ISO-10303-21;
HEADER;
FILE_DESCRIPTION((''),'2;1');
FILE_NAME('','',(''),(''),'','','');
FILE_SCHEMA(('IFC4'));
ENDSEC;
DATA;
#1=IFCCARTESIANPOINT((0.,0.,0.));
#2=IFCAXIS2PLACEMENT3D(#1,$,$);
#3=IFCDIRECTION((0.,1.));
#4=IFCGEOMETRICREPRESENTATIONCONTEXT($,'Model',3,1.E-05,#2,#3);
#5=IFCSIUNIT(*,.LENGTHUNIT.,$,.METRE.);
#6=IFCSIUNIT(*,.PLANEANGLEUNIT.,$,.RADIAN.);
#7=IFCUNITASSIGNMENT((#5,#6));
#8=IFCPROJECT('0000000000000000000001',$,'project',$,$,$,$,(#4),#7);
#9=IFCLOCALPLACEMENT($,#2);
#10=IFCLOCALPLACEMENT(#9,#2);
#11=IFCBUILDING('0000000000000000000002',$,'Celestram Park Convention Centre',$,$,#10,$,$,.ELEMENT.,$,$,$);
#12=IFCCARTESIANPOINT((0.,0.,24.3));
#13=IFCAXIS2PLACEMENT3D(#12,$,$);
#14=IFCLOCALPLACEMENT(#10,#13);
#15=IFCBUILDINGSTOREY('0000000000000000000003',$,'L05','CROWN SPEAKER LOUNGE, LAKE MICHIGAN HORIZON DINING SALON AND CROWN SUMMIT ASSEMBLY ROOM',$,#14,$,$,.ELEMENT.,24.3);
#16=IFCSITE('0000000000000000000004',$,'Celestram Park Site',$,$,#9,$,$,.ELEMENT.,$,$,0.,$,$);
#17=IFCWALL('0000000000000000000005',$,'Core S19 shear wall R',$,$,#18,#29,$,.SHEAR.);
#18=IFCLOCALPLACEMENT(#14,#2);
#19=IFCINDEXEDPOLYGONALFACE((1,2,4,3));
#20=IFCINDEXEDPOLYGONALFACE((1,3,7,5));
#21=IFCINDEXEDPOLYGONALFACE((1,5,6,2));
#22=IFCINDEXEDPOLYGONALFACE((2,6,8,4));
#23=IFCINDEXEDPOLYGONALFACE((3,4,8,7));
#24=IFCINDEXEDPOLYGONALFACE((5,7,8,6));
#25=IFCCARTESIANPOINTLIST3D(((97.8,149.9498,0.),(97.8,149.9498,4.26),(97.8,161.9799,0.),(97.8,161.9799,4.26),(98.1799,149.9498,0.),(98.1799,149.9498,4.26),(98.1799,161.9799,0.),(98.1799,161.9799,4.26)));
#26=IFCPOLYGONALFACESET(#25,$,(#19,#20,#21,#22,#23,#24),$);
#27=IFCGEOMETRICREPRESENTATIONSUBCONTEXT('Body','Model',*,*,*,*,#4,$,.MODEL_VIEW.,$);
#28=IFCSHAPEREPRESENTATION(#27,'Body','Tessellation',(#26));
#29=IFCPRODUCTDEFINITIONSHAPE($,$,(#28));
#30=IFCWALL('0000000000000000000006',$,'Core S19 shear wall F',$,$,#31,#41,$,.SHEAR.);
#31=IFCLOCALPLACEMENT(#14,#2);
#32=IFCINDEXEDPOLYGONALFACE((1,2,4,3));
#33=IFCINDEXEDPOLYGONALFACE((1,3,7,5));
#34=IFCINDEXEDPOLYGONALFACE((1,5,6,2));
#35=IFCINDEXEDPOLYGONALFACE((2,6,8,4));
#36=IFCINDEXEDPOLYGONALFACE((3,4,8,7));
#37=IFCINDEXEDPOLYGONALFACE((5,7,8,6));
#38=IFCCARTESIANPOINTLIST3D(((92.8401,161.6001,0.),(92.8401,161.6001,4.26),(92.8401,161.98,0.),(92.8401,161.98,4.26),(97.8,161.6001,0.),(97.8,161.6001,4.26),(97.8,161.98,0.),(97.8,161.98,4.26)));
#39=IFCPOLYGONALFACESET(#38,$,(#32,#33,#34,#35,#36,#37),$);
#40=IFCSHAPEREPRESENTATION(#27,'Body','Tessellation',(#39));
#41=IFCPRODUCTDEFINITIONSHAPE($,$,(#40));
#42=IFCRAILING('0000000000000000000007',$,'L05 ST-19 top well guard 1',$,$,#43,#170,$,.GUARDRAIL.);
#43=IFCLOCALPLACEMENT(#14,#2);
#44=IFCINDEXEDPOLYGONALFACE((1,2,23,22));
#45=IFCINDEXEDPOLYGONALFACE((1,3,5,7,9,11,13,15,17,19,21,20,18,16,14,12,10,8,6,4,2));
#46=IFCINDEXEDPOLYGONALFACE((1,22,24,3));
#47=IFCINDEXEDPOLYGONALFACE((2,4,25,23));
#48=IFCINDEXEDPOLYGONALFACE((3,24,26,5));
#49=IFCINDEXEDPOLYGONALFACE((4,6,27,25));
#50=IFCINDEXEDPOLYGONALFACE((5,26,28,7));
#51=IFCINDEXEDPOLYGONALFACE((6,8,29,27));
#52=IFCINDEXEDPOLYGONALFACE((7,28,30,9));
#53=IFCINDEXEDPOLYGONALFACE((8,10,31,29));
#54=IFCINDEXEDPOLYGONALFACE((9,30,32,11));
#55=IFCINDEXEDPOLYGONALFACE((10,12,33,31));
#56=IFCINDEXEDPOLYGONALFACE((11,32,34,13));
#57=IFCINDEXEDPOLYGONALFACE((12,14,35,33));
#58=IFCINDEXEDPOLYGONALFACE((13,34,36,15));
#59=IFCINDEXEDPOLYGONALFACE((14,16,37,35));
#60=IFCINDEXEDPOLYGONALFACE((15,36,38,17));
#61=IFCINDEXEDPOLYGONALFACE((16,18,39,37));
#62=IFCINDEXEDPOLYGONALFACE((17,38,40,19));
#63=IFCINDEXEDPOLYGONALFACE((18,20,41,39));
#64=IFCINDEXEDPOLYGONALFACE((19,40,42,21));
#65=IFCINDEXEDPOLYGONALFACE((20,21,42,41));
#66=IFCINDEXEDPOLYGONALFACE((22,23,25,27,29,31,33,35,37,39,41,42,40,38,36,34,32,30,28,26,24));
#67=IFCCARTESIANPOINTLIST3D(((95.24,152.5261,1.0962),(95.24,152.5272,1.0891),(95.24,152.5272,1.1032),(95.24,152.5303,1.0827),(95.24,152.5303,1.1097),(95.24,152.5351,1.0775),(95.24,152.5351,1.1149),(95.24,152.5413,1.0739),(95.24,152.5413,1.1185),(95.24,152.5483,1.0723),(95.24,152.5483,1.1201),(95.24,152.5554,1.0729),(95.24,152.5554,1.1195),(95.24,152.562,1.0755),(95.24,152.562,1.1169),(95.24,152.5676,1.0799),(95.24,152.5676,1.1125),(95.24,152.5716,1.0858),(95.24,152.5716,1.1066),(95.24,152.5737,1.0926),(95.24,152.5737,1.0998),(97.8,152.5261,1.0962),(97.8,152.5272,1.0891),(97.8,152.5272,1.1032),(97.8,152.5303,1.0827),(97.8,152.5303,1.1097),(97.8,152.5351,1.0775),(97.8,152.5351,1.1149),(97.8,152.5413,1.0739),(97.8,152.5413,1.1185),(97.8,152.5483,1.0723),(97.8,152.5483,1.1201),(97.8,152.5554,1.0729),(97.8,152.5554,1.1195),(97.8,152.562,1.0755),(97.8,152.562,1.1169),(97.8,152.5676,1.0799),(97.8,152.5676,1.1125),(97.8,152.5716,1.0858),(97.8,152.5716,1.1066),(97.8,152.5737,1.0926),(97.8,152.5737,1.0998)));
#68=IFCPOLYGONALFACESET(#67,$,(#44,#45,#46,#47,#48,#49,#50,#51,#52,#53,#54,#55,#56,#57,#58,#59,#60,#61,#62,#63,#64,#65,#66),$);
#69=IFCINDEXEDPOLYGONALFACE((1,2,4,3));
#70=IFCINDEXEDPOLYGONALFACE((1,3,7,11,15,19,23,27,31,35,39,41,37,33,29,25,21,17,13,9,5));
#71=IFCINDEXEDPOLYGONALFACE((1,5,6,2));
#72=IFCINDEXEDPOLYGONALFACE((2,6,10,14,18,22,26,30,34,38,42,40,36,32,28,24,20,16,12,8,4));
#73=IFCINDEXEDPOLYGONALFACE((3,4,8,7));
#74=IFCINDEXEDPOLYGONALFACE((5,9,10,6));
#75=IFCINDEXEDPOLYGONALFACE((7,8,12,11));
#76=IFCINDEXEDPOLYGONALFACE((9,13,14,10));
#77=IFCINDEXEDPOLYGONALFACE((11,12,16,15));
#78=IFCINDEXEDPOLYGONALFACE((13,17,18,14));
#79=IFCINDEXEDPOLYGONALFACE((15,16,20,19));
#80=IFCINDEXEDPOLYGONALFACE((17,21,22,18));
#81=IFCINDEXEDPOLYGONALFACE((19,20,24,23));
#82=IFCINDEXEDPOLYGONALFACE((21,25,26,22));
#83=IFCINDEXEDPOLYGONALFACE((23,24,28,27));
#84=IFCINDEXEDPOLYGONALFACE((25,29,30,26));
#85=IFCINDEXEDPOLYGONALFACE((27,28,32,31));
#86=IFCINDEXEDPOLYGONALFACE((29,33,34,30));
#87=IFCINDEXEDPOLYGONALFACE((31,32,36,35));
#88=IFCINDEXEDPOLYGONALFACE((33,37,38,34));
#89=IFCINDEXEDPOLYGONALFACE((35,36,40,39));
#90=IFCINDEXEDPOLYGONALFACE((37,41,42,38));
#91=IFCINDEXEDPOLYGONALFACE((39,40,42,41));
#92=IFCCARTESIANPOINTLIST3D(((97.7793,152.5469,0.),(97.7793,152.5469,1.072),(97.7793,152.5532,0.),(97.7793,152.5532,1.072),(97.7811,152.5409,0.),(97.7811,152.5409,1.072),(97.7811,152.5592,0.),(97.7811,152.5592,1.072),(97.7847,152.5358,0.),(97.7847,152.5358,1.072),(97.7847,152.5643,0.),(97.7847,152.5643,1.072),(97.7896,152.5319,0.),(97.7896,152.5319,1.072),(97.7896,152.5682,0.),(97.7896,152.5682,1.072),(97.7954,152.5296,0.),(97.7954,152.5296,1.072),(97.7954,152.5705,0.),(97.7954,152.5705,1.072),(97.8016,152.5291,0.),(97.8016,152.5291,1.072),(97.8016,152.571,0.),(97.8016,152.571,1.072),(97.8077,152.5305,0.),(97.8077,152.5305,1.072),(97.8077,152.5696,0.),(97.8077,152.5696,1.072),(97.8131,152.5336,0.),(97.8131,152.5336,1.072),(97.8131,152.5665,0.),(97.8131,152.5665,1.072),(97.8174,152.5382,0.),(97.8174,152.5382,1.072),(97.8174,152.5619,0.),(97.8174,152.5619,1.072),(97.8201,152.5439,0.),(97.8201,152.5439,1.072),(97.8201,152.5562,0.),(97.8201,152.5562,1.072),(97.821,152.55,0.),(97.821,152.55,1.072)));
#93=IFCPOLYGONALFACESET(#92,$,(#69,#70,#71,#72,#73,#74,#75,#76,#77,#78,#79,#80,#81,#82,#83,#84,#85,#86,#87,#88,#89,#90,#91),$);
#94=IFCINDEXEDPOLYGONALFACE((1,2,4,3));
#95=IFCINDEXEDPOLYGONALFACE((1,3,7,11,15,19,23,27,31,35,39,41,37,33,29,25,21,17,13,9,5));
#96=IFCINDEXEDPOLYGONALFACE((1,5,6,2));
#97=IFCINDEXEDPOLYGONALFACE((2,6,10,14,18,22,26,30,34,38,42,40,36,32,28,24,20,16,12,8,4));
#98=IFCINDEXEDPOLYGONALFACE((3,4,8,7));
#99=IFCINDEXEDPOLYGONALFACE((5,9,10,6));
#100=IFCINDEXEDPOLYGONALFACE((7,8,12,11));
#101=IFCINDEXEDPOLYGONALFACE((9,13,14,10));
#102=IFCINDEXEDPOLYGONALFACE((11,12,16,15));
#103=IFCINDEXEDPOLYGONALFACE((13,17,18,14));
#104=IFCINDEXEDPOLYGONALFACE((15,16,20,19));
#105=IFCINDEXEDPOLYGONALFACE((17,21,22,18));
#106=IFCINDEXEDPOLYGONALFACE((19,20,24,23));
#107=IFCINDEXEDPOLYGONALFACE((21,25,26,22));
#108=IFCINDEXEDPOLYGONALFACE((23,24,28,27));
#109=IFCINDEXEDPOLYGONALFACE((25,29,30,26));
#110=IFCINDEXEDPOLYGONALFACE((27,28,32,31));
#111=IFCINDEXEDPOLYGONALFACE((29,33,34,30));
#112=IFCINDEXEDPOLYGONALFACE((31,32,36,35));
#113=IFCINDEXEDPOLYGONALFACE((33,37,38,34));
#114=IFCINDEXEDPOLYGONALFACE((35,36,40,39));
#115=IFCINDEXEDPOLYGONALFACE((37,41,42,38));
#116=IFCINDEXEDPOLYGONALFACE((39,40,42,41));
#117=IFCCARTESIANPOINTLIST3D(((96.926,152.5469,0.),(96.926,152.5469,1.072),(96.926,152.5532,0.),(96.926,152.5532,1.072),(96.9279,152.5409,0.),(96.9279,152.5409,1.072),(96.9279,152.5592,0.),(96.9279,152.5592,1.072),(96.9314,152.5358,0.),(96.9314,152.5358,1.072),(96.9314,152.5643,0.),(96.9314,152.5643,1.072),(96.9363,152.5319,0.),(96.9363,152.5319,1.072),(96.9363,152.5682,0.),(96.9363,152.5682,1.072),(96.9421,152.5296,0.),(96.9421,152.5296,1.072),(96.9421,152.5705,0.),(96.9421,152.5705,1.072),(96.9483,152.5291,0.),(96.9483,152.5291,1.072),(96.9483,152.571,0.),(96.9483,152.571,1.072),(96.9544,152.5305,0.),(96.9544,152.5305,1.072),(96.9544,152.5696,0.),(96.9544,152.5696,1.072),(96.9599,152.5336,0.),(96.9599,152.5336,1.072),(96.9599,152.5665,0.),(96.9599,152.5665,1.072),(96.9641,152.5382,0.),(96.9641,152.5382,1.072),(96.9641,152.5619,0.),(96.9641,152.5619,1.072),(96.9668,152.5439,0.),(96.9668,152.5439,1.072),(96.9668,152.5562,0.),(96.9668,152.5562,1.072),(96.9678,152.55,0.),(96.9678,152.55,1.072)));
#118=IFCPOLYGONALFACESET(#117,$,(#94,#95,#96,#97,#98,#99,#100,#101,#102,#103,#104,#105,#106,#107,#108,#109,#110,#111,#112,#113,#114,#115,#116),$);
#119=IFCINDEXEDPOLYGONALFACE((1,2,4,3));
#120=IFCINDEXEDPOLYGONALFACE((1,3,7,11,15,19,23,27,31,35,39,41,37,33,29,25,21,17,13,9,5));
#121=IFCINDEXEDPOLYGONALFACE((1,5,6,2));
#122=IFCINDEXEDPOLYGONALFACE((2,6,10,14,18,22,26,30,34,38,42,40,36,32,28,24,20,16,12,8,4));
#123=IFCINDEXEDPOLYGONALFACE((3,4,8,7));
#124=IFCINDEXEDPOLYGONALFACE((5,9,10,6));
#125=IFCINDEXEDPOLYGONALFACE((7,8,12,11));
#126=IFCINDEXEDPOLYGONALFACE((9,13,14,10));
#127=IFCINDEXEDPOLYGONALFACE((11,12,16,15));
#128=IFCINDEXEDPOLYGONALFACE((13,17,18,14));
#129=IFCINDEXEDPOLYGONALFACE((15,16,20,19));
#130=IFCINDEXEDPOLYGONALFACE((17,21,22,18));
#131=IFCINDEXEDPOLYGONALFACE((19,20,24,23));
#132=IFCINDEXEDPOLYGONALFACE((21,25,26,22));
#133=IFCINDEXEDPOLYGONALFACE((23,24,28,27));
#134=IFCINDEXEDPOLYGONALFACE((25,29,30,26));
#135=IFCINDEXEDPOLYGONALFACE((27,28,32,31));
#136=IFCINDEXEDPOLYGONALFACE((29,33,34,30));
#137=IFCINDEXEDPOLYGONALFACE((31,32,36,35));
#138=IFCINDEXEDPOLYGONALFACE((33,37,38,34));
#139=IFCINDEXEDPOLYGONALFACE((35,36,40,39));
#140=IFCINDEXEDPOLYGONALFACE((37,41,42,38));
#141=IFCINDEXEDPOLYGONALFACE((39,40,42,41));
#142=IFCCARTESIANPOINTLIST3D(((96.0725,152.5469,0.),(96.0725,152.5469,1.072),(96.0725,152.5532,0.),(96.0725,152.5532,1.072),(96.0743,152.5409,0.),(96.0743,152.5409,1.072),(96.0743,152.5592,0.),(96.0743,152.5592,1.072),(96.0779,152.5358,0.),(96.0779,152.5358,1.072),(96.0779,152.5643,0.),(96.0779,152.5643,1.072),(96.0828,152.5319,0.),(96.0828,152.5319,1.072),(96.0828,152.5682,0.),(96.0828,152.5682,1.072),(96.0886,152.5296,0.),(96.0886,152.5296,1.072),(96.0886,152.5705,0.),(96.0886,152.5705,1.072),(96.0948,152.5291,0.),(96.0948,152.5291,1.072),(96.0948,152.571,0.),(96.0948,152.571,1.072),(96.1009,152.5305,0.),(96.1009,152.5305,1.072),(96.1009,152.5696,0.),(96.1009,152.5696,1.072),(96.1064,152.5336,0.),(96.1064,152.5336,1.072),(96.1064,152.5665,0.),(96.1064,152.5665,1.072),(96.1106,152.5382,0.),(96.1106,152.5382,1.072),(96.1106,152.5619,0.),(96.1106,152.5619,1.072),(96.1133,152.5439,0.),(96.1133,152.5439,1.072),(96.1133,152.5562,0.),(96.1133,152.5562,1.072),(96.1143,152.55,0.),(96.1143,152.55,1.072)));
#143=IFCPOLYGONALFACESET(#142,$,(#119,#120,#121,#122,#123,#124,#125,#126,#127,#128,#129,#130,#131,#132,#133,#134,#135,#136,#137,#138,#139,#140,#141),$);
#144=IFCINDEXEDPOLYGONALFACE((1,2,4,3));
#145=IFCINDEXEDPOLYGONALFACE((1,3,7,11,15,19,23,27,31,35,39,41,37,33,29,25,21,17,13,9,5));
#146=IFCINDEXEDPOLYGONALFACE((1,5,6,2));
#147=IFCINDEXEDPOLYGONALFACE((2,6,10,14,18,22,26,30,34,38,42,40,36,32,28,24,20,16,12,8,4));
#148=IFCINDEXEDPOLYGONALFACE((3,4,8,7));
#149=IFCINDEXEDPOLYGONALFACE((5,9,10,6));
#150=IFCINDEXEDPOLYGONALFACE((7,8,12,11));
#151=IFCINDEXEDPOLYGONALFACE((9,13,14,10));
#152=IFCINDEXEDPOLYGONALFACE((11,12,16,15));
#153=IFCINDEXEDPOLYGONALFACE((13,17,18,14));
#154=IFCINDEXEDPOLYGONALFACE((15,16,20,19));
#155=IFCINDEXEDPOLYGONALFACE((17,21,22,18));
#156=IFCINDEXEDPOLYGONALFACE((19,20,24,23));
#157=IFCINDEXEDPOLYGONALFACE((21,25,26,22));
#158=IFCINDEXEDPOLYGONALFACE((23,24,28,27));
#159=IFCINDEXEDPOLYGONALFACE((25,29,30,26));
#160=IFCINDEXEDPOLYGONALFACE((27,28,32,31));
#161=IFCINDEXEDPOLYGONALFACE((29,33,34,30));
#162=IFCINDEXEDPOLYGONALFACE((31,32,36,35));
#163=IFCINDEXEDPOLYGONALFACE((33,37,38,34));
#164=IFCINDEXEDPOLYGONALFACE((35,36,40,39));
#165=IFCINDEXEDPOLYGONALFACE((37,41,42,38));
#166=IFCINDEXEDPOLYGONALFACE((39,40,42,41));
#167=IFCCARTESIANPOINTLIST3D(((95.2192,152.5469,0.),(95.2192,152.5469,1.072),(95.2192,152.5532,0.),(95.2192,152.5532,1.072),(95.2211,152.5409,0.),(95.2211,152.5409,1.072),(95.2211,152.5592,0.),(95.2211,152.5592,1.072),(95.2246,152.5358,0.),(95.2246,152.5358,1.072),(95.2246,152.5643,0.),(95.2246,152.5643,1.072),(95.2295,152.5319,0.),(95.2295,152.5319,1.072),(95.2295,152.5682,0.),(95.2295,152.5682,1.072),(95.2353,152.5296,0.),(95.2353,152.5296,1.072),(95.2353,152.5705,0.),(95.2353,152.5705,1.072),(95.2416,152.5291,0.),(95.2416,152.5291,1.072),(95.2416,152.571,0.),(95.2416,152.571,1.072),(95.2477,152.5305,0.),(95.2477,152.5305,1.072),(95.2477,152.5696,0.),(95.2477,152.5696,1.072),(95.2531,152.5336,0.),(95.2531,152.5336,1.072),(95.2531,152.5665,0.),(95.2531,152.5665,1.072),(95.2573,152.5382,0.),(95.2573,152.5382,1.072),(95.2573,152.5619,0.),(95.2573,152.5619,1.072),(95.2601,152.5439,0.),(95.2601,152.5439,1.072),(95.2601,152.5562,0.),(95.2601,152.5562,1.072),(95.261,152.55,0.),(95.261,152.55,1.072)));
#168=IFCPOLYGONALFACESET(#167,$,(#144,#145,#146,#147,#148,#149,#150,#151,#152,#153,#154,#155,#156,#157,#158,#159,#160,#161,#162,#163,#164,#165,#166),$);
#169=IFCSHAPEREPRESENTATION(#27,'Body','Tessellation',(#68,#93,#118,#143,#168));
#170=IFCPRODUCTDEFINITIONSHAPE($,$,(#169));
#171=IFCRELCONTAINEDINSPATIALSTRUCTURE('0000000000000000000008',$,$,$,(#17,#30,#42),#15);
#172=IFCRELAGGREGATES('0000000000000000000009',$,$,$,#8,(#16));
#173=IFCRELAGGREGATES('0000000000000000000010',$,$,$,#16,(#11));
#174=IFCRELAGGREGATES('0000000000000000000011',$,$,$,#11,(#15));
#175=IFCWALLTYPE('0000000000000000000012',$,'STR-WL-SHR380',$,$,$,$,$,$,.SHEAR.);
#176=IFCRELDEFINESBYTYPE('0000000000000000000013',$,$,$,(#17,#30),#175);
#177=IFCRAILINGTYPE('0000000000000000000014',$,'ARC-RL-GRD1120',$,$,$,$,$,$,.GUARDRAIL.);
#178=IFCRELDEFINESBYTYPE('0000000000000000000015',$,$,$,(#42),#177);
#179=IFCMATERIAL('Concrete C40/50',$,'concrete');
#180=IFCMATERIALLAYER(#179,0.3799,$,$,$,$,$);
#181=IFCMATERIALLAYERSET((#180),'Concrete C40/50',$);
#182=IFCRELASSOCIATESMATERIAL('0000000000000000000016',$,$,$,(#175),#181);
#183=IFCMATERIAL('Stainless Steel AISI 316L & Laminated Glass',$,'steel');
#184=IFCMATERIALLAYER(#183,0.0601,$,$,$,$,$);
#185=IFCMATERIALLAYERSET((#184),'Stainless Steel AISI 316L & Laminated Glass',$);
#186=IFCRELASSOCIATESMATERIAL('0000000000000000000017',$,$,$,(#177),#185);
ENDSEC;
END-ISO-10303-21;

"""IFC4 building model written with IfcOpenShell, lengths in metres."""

from ifc_helpers import new_model, si_unit, direction, frame, frame_2d, origin, origin_2d, place, context, subcontext, project, spatial, rectangle, circle, extrude, material, layer, layer_set, type_object, element, save


model = new_model("IFC4")

# Units and contexts
model_context = context("Model", 3, precision=1e-05, world=origin(), true_north=direction((0.0, 1.0)))
body_context = subcontext(model_context, "Body", "Model", "MODEL_VIEW")
ifc_project = project(units=[si_unit("LENGTHUNIT", "METRE"), si_unit("PLANEANGLEUNIT", "RADIAN")], contexts=[model_context])

# Site, building, storey
site_placement = place(None, origin())
site = spatial("IfcSite", under=ifc_project, at=site_placement, Name="Celestram Park Site", CompositionType="ELEMENT", RefElevation=0.0)
building_placement = place(site_placement, origin())
building = spatial("IfcBuilding", under=site, at=building_placement, Name="Celestram Park Convention Centre", CompositionType="ELEMENT")
storey_placement = place(building_placement, frame((0.0, 0.0, 24.3)))
storey = spatial("IfcBuildingStorey", under=building, at=storey_placement, Name="L05", Description="CROWN SPEAKER LOUNGE, LAKE MICHIGAN HORIZON DINING SALON AND CROWN SUMMIT ASSEMBLY ROOM", CompositionType="ELEMENT", Elevation=24.3)

# Walls
ifc_material_1 = material(Name="Concrete C40/50", Category="concrete")
ifc_layer_1 = layer(ifc_material_1, 0.3799)
ifc_layer_set_1 = layer_set([ifc_layer_1], Name="Concrete C40/50")
wall_type_1 = type_object("IfcWallType", Name="STR-WL-SHR380", PredefinedType="SHEAR", material=ifc_layer_set_1)
for number, where, z_axis, x_axis, name in (
    (1, (97.99, 161.98, 0.0), (0.0, 0.0, 1.0), (0.0, -1.0, 0.0), "Core S19 shear wall R"),
):
    element("IfcWall", number, at=place(storey_placement, frame(where, z_axis=z_axis, x_axis=x_axis)), inside=storey, type_object=wall_type_1, Name=name, PredefinedType="SHEAR", context=body_context, shape_type="SweptSolid", body=[
        extrude(rectangle(XDim=12.03, YDim=0.3799, at=frame_2d((6.0151, 0.0))), origin(), (0.0, 0.0, 1.0), 4.26),
    ])
wall_1_placement = place(storey_placement, frame((92.8401, 161.79, 0.0), z_axis=(0.0, 0.0, 1.0), x_axis=(1.0, 0.0, 0.0)))
element("IfcWall", 2, at=wall_1_placement, inside=storey, type_object=wall_type_1, Name="Core S19 shear wall F", PredefinedType="SHEAR", context=body_context, shape_type="SweptSolid", body=[
    extrude(rectangle(XDim=4.96, YDim=0.3799, at=frame_2d((2.48, 0.0))), origin(), (0.0, 0.0, 1.0), 4.26),
])

# Railing
ifc_material_2 = material(Name="Stainless Steel AISI 316L & Laminated Glass", Category="steel")
ifc_layer_2 = layer(ifc_material_2, 0.0601)
ifc_layer_set_2 = layer_set([ifc_layer_2], Name="Stainless Steel AISI 316L & Laminated Glass")
railing_type = type_object("IfcRailingType", Name="ARC-RL-GRD1120", PredefinedType="GUARDRAIL", material=ifc_layer_set_2)
railing_placement = place(storey_placement, frame((97.8, 152.55, 0.0)))
element("IfcRailing", 3, at=railing_placement, inside=storey, type_object=railing_type, Name="L05 ST-19 top well guard 1", PredefinedType="GUARDRAIL", context=body_context, shape_type="SweptSolid", body=[
    extrude(circle(Radius=0.0239, at=origin_2d()), frame((0.0, 0.0, 1.0962), z_axis=(-1.0, 0.0, 0.0), x_axis=(0.0, -1.0, 0.0)), (0.0, 0.0, 1.0), 2.5601),
    extrude(circle(Radius=0.021, at=origin_2d()), origin(), (0.0, 0.0, 1.0), 1.072),
    extrude(circle(Radius=0.021, at=origin_2d()), frame((-0.8533, 0.0, 0.0)), (0.0, 0.0, 1.0), 1.072),
    extrude(circle(Radius=0.021, at=origin_2d()), frame((-1.7068, 0.0, 0.0)), (0.0, 0.0, 1.0), 1.072),
    extrude(circle(Radius=0.021, at=origin_2d()), frame((-2.5601, 0.0, 0.0)), (0.0, 0.0, 1.0), 1.072),
])

save(model, "model.ifc")
